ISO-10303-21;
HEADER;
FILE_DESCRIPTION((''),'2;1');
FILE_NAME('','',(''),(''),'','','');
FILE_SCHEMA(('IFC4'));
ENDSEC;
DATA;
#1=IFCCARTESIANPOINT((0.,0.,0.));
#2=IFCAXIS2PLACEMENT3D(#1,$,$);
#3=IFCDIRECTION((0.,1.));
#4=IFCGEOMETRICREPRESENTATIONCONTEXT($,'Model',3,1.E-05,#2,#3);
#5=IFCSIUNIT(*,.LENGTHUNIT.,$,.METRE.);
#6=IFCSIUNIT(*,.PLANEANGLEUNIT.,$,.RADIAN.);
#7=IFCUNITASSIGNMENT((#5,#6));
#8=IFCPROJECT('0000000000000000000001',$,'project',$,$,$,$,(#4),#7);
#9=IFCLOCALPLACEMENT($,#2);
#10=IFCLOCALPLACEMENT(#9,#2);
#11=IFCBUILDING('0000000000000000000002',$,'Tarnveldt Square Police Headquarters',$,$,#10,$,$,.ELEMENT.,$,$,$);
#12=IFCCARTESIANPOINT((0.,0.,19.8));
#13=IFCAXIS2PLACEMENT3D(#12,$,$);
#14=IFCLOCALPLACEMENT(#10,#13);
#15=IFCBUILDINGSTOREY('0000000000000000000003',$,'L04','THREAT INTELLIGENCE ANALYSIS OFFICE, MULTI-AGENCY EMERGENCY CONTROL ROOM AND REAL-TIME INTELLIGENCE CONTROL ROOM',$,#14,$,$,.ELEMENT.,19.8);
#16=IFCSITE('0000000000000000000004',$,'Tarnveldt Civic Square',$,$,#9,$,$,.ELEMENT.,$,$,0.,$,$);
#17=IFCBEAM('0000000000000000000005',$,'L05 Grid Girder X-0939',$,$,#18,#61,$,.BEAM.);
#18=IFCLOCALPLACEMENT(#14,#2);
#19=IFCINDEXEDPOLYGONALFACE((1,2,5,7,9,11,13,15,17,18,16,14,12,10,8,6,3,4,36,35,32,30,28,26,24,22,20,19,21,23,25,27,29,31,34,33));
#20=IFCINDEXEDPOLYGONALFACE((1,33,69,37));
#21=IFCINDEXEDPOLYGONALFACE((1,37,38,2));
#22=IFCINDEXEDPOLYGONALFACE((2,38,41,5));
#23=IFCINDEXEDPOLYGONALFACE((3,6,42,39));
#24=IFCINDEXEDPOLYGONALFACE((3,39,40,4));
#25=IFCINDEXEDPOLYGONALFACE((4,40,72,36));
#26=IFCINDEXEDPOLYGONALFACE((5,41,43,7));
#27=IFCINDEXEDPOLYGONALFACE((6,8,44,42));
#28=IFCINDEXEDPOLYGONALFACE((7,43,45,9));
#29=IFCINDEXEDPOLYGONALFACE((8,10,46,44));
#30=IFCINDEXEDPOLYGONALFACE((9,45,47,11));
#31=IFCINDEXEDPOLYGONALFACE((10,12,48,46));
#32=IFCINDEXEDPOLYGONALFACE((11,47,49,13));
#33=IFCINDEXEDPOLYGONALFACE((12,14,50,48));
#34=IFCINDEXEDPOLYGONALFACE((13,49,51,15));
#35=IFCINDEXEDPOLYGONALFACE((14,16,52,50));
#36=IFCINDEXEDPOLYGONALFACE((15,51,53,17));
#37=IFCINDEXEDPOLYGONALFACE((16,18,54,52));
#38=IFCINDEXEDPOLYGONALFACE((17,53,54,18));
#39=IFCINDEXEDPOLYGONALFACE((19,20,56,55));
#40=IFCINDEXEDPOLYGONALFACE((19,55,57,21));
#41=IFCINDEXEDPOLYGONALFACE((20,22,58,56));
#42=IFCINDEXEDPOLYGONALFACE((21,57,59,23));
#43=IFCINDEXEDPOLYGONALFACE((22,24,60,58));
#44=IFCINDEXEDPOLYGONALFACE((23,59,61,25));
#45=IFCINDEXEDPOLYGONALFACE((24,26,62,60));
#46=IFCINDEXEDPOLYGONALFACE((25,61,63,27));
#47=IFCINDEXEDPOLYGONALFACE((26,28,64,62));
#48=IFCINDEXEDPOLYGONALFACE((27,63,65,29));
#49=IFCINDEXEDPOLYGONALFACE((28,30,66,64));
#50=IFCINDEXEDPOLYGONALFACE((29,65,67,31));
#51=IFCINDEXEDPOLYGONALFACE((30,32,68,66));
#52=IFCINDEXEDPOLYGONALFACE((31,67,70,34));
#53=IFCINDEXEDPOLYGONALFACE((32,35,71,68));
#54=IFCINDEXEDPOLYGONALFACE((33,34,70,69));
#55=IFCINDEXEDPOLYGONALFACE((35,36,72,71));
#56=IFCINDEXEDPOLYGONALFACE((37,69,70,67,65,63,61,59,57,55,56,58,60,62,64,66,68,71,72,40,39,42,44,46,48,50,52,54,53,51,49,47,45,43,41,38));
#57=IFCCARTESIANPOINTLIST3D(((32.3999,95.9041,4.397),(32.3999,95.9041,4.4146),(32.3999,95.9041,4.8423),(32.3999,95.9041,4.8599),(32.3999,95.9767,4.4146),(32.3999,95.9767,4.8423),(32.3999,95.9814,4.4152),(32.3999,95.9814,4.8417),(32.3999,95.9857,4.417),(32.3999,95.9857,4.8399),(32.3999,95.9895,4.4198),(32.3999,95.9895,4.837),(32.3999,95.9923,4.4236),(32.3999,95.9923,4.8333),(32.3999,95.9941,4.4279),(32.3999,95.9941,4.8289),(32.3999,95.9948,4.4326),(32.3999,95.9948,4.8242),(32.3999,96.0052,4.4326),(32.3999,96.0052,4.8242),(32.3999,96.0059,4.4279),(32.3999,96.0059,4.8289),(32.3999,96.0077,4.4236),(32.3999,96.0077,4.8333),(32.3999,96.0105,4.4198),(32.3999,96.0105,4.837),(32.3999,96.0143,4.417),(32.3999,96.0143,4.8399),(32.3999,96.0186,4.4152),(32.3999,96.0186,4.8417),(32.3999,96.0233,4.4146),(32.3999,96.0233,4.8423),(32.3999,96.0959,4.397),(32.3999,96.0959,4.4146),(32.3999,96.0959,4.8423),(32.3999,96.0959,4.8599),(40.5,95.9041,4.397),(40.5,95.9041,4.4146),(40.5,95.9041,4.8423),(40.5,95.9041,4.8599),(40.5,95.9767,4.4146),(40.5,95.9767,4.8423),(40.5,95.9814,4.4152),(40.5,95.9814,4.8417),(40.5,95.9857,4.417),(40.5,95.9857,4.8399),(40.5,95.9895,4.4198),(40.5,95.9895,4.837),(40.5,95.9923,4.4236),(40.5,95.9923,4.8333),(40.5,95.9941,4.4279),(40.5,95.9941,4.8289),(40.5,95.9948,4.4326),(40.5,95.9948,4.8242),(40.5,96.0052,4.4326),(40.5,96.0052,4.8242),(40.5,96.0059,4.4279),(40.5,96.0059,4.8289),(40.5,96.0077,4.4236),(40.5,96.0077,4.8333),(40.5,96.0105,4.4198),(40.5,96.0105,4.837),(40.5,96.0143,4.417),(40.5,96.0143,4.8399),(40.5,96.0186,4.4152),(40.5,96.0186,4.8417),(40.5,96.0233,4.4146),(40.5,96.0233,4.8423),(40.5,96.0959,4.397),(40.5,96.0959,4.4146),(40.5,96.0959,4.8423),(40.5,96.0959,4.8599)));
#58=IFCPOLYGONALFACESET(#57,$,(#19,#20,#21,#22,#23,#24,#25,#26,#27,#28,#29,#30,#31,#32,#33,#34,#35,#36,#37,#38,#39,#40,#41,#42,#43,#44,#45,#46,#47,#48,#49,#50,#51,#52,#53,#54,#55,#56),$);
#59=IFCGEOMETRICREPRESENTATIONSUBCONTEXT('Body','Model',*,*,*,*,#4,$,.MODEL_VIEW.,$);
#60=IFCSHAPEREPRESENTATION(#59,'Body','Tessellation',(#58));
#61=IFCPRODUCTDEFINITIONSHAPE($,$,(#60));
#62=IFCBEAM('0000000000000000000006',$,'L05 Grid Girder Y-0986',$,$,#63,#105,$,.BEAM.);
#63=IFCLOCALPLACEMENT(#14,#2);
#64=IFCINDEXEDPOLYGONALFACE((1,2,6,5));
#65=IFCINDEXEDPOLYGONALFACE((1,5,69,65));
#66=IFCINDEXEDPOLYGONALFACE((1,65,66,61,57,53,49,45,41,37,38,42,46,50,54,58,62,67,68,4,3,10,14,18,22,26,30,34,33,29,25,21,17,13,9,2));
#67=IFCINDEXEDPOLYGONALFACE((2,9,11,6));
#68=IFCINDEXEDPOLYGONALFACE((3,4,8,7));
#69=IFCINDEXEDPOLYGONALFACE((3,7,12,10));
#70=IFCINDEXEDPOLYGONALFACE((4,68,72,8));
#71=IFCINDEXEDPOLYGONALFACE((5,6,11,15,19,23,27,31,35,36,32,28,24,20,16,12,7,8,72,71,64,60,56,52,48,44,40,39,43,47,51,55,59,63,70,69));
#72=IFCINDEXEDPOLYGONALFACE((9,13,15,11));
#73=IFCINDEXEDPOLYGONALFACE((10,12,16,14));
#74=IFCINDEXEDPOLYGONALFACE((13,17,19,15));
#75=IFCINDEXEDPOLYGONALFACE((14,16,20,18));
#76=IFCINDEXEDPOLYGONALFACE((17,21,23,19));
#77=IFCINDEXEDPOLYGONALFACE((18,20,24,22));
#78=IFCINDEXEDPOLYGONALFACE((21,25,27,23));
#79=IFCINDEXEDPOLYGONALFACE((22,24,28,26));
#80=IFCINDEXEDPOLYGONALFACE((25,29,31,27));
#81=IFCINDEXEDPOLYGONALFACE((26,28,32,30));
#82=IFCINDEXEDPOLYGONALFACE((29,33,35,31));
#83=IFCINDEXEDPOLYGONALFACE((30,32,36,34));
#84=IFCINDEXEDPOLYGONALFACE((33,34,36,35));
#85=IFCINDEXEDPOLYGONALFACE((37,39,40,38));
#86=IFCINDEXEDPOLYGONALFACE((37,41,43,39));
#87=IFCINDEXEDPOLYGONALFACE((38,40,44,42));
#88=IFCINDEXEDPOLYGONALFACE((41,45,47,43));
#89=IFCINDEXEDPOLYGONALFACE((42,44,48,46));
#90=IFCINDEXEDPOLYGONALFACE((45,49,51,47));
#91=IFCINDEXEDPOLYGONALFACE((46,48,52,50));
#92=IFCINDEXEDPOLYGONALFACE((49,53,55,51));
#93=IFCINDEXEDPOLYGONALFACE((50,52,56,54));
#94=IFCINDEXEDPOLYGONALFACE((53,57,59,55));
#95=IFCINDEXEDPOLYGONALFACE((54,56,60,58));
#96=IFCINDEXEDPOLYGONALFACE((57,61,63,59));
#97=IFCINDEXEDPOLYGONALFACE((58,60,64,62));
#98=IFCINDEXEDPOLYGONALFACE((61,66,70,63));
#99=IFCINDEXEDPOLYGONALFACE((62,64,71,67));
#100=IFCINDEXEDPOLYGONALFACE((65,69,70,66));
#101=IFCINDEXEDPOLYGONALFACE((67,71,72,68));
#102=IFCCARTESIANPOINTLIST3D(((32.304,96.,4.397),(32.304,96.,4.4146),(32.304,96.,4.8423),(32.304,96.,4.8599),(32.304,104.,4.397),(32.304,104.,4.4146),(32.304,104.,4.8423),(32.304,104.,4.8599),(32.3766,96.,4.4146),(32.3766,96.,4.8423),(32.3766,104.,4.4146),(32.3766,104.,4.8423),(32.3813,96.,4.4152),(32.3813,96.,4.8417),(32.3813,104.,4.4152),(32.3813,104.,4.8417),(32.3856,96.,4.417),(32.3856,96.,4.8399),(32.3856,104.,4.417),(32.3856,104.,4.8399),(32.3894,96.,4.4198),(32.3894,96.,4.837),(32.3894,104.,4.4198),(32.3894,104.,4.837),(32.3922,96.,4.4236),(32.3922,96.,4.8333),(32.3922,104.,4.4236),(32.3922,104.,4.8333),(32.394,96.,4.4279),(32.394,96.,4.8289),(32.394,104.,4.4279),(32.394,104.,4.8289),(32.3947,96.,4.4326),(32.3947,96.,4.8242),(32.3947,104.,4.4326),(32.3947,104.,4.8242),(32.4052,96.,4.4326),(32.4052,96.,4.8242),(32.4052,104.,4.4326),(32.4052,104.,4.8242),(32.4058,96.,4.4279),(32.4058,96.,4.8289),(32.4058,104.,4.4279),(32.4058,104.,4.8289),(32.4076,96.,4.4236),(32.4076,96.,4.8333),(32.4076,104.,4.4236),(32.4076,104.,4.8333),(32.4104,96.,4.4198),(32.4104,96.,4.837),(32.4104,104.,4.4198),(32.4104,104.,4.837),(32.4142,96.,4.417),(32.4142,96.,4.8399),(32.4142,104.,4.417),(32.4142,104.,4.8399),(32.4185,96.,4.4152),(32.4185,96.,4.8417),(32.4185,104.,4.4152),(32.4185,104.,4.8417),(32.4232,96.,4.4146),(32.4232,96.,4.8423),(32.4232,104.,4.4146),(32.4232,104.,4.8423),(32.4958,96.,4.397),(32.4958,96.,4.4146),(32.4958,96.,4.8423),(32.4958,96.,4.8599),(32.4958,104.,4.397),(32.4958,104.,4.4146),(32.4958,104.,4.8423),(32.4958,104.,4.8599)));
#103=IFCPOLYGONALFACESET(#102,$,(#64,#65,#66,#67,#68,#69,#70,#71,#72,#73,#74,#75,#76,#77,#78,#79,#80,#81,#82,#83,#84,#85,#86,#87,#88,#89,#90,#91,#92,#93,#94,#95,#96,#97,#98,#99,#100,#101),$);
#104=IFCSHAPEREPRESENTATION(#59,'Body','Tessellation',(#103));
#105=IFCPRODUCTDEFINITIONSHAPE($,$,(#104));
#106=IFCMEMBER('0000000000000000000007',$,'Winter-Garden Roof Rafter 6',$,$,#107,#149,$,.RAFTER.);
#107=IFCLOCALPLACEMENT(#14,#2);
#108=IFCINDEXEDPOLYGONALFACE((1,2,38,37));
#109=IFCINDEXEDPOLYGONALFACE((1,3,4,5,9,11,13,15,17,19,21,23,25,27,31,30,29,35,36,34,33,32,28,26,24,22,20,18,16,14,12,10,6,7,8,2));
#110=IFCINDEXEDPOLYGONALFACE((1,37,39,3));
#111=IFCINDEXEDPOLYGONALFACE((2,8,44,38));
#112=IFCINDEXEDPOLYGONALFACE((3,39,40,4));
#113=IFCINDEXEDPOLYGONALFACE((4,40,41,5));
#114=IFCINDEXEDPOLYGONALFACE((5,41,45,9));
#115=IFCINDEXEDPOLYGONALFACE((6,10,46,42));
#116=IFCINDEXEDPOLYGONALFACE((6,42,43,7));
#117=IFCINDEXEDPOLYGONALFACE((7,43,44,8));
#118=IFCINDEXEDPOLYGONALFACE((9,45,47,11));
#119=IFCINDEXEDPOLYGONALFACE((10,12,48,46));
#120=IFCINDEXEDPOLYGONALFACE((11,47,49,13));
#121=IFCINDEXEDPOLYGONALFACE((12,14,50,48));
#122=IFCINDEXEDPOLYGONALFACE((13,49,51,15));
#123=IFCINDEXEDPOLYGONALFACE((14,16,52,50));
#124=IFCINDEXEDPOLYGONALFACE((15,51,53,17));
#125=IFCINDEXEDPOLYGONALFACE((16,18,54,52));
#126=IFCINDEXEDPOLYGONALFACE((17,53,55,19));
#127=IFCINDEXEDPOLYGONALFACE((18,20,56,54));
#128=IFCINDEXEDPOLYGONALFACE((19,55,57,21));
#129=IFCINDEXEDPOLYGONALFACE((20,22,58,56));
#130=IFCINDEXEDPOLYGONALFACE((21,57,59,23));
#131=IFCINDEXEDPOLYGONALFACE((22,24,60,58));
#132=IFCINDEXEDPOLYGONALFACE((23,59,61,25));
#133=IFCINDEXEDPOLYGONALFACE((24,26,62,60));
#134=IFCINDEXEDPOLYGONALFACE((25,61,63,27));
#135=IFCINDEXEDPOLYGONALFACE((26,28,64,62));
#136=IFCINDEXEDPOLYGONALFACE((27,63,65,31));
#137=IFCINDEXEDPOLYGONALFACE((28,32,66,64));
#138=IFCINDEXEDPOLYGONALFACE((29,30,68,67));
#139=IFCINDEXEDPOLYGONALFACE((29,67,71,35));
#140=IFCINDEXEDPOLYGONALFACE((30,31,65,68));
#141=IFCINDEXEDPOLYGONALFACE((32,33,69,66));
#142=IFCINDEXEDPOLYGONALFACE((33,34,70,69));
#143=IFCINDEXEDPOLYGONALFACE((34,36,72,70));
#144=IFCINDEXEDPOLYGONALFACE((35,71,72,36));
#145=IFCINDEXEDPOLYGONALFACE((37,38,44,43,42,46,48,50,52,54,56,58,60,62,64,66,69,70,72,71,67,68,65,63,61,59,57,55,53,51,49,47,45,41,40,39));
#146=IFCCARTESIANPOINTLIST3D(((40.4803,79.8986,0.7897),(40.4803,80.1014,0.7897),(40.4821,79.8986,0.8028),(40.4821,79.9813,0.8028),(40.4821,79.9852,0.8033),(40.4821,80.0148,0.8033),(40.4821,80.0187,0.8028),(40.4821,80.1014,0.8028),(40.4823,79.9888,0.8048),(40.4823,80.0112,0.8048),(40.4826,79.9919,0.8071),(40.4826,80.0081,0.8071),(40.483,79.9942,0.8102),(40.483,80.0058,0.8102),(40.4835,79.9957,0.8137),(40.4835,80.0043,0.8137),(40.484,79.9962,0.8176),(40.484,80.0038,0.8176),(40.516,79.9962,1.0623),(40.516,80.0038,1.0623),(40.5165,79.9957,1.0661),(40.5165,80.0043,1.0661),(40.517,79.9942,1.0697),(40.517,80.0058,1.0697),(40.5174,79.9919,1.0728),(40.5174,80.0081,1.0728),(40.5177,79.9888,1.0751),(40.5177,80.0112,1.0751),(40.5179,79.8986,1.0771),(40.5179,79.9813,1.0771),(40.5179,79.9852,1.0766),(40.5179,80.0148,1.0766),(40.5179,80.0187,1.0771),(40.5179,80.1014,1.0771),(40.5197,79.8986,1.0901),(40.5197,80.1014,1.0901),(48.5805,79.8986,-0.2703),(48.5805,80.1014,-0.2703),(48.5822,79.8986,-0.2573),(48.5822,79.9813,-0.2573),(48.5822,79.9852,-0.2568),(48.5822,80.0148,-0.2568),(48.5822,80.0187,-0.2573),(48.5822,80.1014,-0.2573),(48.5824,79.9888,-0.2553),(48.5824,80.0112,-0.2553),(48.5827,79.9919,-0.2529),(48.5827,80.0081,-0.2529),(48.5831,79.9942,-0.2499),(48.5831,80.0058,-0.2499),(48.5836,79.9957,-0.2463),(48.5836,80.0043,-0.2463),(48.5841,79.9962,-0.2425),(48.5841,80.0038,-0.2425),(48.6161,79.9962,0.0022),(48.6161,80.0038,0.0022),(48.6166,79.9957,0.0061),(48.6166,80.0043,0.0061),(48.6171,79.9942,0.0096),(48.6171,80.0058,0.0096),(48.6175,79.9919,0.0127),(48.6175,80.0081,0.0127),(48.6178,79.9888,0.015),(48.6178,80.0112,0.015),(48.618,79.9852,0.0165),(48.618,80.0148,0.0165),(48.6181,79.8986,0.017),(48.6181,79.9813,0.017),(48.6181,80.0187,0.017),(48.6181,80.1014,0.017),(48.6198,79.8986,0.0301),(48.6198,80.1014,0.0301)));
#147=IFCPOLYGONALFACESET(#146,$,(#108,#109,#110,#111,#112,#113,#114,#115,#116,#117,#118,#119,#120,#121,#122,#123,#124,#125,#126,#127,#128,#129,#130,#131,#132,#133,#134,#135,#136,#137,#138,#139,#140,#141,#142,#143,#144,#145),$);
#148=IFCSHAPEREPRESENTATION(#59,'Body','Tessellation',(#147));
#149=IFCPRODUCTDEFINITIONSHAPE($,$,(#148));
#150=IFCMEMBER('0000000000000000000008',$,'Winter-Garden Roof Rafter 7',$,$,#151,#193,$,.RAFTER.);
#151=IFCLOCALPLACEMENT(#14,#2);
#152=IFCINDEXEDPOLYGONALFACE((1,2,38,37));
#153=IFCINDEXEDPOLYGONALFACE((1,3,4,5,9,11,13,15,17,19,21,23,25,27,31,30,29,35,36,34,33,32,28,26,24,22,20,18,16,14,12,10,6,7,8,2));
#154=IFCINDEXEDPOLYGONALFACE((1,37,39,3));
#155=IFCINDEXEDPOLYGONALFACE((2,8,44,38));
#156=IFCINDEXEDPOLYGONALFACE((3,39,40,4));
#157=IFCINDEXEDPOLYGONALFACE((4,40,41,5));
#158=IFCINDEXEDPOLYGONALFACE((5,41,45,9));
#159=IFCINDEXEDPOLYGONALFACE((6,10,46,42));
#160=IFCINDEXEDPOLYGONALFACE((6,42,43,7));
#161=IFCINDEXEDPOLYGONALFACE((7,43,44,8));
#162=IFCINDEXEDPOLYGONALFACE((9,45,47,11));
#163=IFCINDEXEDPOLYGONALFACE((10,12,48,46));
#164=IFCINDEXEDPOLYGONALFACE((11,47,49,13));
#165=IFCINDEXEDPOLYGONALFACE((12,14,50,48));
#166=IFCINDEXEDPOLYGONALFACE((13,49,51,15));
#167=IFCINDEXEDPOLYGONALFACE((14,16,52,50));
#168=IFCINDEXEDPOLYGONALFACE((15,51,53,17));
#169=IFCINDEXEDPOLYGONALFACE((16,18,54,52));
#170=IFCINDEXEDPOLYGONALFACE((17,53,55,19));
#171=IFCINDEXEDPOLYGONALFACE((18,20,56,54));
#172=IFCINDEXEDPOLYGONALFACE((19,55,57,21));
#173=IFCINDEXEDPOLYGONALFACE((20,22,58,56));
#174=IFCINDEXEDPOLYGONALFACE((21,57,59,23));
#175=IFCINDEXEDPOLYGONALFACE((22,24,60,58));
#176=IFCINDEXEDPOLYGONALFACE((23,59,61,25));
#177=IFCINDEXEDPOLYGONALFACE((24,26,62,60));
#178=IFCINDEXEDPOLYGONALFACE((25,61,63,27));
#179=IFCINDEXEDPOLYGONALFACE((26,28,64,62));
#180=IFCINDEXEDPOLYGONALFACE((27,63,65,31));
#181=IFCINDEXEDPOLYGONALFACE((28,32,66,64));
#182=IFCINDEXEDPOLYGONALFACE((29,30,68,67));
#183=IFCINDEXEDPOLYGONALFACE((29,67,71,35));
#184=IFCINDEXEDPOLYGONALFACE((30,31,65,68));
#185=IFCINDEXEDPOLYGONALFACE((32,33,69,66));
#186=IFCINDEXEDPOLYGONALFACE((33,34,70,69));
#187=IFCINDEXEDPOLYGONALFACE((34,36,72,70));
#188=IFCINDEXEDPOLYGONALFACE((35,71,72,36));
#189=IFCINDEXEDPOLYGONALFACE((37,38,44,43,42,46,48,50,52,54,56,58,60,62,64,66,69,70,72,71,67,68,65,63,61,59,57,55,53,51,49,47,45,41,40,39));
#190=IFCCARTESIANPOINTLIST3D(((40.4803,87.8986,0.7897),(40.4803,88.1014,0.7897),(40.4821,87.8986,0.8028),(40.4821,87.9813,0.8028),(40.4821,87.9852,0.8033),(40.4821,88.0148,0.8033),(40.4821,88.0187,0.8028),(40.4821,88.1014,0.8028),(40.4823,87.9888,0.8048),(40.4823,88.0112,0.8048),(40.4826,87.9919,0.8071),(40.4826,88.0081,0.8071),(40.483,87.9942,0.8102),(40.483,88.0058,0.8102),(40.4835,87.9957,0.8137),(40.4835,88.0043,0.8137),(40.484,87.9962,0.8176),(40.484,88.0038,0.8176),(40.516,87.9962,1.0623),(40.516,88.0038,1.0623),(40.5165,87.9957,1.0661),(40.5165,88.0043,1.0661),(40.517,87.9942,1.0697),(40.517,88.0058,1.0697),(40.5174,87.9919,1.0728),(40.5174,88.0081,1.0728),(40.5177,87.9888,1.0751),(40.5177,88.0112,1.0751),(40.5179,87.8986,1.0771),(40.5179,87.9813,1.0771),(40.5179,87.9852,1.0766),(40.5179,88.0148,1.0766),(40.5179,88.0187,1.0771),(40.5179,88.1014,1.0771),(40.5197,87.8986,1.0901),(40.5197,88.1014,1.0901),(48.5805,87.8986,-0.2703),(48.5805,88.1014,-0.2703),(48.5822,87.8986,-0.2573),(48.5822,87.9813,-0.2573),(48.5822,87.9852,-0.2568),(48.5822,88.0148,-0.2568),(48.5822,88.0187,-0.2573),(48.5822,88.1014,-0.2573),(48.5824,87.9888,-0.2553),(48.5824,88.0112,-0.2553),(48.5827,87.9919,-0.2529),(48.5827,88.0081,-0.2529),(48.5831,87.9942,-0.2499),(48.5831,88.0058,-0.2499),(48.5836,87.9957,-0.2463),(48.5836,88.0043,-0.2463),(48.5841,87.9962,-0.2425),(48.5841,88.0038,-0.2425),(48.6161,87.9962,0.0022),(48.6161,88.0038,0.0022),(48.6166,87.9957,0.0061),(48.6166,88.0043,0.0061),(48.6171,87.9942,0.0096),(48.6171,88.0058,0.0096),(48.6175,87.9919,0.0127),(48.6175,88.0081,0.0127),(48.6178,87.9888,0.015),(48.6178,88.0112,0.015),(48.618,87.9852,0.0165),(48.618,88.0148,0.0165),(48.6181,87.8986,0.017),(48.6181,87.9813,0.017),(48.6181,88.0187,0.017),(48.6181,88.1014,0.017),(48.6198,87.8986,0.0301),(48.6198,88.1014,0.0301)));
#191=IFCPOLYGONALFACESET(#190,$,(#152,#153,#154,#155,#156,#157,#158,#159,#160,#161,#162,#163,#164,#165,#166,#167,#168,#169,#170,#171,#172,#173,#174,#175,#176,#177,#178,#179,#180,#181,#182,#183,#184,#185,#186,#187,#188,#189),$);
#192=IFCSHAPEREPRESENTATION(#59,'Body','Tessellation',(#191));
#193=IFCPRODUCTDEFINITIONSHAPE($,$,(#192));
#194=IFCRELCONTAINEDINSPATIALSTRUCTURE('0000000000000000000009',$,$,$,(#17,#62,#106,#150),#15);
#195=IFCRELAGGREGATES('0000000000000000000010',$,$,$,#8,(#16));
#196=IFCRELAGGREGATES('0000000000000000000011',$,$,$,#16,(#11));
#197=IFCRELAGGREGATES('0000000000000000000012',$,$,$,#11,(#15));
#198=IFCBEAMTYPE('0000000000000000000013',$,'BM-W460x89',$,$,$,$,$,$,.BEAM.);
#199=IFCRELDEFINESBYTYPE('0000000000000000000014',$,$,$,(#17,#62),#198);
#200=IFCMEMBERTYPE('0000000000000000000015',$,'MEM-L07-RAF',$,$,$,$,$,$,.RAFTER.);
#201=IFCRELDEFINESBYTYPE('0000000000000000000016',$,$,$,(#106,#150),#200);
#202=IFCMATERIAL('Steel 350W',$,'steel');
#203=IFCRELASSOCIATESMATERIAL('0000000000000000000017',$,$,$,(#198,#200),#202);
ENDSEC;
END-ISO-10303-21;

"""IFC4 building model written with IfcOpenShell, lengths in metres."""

from ifc_helpers import new_model, si_unit, direction, frame, origin, origin_2d, place, context, subcontext, project, spatial, i_section, extrude, material, material_profile, profile_set, type_object, element, save


model = new_model("IFC4")

# Units and contexts
model_context = context("Model", 3, precision=1e-05, world=origin(), true_north=direction((0.0, 1.0)))
body_context = subcontext(model_context, "Body", "Model", "MODEL_VIEW")
ifc_project = project(units=[si_unit("LENGTHUNIT", "METRE"), si_unit("PLANEANGLEUNIT", "RADIAN")], contexts=[model_context])

# Site, building, storey
site_placement = place(None, origin())
site = spatial("IfcSite", under=ifc_project, at=site_placement, Name="Tarnveldt Civic Square", CompositionType="ELEMENT", RefElevation=0.0)
building_placement = place(site_placement, origin())
building = spatial("IfcBuilding", under=site, at=building_placement, Name="Tarnveldt Square Police Headquarters", CompositionType="ELEMENT")
storey_placement = place(building_placement, frame((0.0, 0.0, 19.8)))
storey = spatial("IfcBuildingStorey", under=building, at=storey_placement, Name="L04", Description="THREAT INTELLIGENCE ANALYSIS OFFICE, MULTI-AGENCY EMERGENCY CONTROL ROOM AND REAL-TIME INTELLIGENCE CONTROL ROOM", CompositionType="ELEMENT", Elevation=19.8)

# Shared definitions
ifc_material_1 = material(Name="Steel 350W", Category="steel")

# Beams
ifc_material_profile_1 = material_profile(ifc_material_1, i_section(OverallWidth=0.1919, OverallDepth=0.4629, WebThickness=0.0105, FlangeThickness=0.0176, FilletRadius=0.0181, at=origin_2d()), Name="W460x89")
ifc_profile_set_1 = profile_set([ifc_material_profile_1], Name="Steel 350W")
beam_type_1 = type_object("IfcBeamType", Name="BM-W460x89", PredefinedType="BEAM", material=ifc_profile_set_1)
beam_1_placement = place(storey_placement, frame((32.3999, 96.0, 4.6284), z_axis=(1.0, 0.0, 0.0), x_axis=(0.0, 1.0, 0.0)))
element("IfcBeam", 1, at=beam_1_placement, inside=storey, type_object=beam_type_1, Name="L05 Grid Girder X-0939", PredefinedType="BEAM", context=body_context, shape_type="SweptSolid", body=[
    extrude(i_section(OverallWidth=0.1919, OverallDepth=0.4629, WebThickness=0.0105, FlangeThickness=0.0176, FilletRadius=0.0181, at=origin_2d()), origin(), (0.0, 0.0, 1.0), 8.1001),
])
beam_2_placement = place(storey_placement, frame((32.3999, 96.0, 4.6284), z_axis=(0.0, 1.0, 0.0), x_axis=(-1.0, 0.0, 0.0)))
element("IfcBeam", 2, at=beam_2_placement, inside=storey, type_object=beam_type_1, Name="L05 Grid Girder Y-0986", PredefinedType="BEAM", context=body_context, shape_type="SweptSolid", body=[
    extrude(i_section(OverallWidth=0.1919, OverallDepth=0.4629, WebThickness=0.0105, FlangeThickness=0.0176, FilletRadius=0.0181, at=origin_2d()), origin(), (0.0, 0.0, 1.0), 8.0),
])

# Members
ifc_material_profile_2 = material_profile(ifc_material_1, i_section(OverallWidth=0.2029, OverallDepth=0.303, WebThickness=0.0076, FlangeThickness=0.0132, FilletRadius=0.0149, at=origin_2d()), Name="W310x60")
ifc_profile_set_2 = profile_set([ifc_material_profile_2], Name="Steel 350W")
member_type = type_object("IfcMemberType", Name="MEM-L07-RAF", PredefinedType="RAFTER", material=ifc_profile_set_2)
for number, where, z_axis, x_axis, name in (
    (3, (40.5, 80.0, 0.9399), (0.991545, 0.0, -0.129763), (0.0, 1.0, 0.0), "Winter-Garden Roof Rafter 6"),
    (4, (40.5, 88.0, 0.9399), (0.991545, 0.0, -0.129763), (0.0, 1.0, 0.0), "Winter-Garden Roof Rafter 7"),
):
    element("IfcMember", number, at=place(storey_placement, frame(where, z_axis=z_axis, x_axis=x_axis)), inside=storey, type_object=member_type, Name=name, PredefinedType="RAFTER", context=body_context, shape_type="SweptSolid", body=[
        extrude(i_section(OverallWidth=0.2029, OverallDepth=0.303, WebThickness=0.0076, FlangeThickness=0.0132, FilletRadius=0.0149, at=origin_2d()), origin(), (0.0, 0.0, 1.0), 8.1692),
    ])

save(model, "model.ifc")
